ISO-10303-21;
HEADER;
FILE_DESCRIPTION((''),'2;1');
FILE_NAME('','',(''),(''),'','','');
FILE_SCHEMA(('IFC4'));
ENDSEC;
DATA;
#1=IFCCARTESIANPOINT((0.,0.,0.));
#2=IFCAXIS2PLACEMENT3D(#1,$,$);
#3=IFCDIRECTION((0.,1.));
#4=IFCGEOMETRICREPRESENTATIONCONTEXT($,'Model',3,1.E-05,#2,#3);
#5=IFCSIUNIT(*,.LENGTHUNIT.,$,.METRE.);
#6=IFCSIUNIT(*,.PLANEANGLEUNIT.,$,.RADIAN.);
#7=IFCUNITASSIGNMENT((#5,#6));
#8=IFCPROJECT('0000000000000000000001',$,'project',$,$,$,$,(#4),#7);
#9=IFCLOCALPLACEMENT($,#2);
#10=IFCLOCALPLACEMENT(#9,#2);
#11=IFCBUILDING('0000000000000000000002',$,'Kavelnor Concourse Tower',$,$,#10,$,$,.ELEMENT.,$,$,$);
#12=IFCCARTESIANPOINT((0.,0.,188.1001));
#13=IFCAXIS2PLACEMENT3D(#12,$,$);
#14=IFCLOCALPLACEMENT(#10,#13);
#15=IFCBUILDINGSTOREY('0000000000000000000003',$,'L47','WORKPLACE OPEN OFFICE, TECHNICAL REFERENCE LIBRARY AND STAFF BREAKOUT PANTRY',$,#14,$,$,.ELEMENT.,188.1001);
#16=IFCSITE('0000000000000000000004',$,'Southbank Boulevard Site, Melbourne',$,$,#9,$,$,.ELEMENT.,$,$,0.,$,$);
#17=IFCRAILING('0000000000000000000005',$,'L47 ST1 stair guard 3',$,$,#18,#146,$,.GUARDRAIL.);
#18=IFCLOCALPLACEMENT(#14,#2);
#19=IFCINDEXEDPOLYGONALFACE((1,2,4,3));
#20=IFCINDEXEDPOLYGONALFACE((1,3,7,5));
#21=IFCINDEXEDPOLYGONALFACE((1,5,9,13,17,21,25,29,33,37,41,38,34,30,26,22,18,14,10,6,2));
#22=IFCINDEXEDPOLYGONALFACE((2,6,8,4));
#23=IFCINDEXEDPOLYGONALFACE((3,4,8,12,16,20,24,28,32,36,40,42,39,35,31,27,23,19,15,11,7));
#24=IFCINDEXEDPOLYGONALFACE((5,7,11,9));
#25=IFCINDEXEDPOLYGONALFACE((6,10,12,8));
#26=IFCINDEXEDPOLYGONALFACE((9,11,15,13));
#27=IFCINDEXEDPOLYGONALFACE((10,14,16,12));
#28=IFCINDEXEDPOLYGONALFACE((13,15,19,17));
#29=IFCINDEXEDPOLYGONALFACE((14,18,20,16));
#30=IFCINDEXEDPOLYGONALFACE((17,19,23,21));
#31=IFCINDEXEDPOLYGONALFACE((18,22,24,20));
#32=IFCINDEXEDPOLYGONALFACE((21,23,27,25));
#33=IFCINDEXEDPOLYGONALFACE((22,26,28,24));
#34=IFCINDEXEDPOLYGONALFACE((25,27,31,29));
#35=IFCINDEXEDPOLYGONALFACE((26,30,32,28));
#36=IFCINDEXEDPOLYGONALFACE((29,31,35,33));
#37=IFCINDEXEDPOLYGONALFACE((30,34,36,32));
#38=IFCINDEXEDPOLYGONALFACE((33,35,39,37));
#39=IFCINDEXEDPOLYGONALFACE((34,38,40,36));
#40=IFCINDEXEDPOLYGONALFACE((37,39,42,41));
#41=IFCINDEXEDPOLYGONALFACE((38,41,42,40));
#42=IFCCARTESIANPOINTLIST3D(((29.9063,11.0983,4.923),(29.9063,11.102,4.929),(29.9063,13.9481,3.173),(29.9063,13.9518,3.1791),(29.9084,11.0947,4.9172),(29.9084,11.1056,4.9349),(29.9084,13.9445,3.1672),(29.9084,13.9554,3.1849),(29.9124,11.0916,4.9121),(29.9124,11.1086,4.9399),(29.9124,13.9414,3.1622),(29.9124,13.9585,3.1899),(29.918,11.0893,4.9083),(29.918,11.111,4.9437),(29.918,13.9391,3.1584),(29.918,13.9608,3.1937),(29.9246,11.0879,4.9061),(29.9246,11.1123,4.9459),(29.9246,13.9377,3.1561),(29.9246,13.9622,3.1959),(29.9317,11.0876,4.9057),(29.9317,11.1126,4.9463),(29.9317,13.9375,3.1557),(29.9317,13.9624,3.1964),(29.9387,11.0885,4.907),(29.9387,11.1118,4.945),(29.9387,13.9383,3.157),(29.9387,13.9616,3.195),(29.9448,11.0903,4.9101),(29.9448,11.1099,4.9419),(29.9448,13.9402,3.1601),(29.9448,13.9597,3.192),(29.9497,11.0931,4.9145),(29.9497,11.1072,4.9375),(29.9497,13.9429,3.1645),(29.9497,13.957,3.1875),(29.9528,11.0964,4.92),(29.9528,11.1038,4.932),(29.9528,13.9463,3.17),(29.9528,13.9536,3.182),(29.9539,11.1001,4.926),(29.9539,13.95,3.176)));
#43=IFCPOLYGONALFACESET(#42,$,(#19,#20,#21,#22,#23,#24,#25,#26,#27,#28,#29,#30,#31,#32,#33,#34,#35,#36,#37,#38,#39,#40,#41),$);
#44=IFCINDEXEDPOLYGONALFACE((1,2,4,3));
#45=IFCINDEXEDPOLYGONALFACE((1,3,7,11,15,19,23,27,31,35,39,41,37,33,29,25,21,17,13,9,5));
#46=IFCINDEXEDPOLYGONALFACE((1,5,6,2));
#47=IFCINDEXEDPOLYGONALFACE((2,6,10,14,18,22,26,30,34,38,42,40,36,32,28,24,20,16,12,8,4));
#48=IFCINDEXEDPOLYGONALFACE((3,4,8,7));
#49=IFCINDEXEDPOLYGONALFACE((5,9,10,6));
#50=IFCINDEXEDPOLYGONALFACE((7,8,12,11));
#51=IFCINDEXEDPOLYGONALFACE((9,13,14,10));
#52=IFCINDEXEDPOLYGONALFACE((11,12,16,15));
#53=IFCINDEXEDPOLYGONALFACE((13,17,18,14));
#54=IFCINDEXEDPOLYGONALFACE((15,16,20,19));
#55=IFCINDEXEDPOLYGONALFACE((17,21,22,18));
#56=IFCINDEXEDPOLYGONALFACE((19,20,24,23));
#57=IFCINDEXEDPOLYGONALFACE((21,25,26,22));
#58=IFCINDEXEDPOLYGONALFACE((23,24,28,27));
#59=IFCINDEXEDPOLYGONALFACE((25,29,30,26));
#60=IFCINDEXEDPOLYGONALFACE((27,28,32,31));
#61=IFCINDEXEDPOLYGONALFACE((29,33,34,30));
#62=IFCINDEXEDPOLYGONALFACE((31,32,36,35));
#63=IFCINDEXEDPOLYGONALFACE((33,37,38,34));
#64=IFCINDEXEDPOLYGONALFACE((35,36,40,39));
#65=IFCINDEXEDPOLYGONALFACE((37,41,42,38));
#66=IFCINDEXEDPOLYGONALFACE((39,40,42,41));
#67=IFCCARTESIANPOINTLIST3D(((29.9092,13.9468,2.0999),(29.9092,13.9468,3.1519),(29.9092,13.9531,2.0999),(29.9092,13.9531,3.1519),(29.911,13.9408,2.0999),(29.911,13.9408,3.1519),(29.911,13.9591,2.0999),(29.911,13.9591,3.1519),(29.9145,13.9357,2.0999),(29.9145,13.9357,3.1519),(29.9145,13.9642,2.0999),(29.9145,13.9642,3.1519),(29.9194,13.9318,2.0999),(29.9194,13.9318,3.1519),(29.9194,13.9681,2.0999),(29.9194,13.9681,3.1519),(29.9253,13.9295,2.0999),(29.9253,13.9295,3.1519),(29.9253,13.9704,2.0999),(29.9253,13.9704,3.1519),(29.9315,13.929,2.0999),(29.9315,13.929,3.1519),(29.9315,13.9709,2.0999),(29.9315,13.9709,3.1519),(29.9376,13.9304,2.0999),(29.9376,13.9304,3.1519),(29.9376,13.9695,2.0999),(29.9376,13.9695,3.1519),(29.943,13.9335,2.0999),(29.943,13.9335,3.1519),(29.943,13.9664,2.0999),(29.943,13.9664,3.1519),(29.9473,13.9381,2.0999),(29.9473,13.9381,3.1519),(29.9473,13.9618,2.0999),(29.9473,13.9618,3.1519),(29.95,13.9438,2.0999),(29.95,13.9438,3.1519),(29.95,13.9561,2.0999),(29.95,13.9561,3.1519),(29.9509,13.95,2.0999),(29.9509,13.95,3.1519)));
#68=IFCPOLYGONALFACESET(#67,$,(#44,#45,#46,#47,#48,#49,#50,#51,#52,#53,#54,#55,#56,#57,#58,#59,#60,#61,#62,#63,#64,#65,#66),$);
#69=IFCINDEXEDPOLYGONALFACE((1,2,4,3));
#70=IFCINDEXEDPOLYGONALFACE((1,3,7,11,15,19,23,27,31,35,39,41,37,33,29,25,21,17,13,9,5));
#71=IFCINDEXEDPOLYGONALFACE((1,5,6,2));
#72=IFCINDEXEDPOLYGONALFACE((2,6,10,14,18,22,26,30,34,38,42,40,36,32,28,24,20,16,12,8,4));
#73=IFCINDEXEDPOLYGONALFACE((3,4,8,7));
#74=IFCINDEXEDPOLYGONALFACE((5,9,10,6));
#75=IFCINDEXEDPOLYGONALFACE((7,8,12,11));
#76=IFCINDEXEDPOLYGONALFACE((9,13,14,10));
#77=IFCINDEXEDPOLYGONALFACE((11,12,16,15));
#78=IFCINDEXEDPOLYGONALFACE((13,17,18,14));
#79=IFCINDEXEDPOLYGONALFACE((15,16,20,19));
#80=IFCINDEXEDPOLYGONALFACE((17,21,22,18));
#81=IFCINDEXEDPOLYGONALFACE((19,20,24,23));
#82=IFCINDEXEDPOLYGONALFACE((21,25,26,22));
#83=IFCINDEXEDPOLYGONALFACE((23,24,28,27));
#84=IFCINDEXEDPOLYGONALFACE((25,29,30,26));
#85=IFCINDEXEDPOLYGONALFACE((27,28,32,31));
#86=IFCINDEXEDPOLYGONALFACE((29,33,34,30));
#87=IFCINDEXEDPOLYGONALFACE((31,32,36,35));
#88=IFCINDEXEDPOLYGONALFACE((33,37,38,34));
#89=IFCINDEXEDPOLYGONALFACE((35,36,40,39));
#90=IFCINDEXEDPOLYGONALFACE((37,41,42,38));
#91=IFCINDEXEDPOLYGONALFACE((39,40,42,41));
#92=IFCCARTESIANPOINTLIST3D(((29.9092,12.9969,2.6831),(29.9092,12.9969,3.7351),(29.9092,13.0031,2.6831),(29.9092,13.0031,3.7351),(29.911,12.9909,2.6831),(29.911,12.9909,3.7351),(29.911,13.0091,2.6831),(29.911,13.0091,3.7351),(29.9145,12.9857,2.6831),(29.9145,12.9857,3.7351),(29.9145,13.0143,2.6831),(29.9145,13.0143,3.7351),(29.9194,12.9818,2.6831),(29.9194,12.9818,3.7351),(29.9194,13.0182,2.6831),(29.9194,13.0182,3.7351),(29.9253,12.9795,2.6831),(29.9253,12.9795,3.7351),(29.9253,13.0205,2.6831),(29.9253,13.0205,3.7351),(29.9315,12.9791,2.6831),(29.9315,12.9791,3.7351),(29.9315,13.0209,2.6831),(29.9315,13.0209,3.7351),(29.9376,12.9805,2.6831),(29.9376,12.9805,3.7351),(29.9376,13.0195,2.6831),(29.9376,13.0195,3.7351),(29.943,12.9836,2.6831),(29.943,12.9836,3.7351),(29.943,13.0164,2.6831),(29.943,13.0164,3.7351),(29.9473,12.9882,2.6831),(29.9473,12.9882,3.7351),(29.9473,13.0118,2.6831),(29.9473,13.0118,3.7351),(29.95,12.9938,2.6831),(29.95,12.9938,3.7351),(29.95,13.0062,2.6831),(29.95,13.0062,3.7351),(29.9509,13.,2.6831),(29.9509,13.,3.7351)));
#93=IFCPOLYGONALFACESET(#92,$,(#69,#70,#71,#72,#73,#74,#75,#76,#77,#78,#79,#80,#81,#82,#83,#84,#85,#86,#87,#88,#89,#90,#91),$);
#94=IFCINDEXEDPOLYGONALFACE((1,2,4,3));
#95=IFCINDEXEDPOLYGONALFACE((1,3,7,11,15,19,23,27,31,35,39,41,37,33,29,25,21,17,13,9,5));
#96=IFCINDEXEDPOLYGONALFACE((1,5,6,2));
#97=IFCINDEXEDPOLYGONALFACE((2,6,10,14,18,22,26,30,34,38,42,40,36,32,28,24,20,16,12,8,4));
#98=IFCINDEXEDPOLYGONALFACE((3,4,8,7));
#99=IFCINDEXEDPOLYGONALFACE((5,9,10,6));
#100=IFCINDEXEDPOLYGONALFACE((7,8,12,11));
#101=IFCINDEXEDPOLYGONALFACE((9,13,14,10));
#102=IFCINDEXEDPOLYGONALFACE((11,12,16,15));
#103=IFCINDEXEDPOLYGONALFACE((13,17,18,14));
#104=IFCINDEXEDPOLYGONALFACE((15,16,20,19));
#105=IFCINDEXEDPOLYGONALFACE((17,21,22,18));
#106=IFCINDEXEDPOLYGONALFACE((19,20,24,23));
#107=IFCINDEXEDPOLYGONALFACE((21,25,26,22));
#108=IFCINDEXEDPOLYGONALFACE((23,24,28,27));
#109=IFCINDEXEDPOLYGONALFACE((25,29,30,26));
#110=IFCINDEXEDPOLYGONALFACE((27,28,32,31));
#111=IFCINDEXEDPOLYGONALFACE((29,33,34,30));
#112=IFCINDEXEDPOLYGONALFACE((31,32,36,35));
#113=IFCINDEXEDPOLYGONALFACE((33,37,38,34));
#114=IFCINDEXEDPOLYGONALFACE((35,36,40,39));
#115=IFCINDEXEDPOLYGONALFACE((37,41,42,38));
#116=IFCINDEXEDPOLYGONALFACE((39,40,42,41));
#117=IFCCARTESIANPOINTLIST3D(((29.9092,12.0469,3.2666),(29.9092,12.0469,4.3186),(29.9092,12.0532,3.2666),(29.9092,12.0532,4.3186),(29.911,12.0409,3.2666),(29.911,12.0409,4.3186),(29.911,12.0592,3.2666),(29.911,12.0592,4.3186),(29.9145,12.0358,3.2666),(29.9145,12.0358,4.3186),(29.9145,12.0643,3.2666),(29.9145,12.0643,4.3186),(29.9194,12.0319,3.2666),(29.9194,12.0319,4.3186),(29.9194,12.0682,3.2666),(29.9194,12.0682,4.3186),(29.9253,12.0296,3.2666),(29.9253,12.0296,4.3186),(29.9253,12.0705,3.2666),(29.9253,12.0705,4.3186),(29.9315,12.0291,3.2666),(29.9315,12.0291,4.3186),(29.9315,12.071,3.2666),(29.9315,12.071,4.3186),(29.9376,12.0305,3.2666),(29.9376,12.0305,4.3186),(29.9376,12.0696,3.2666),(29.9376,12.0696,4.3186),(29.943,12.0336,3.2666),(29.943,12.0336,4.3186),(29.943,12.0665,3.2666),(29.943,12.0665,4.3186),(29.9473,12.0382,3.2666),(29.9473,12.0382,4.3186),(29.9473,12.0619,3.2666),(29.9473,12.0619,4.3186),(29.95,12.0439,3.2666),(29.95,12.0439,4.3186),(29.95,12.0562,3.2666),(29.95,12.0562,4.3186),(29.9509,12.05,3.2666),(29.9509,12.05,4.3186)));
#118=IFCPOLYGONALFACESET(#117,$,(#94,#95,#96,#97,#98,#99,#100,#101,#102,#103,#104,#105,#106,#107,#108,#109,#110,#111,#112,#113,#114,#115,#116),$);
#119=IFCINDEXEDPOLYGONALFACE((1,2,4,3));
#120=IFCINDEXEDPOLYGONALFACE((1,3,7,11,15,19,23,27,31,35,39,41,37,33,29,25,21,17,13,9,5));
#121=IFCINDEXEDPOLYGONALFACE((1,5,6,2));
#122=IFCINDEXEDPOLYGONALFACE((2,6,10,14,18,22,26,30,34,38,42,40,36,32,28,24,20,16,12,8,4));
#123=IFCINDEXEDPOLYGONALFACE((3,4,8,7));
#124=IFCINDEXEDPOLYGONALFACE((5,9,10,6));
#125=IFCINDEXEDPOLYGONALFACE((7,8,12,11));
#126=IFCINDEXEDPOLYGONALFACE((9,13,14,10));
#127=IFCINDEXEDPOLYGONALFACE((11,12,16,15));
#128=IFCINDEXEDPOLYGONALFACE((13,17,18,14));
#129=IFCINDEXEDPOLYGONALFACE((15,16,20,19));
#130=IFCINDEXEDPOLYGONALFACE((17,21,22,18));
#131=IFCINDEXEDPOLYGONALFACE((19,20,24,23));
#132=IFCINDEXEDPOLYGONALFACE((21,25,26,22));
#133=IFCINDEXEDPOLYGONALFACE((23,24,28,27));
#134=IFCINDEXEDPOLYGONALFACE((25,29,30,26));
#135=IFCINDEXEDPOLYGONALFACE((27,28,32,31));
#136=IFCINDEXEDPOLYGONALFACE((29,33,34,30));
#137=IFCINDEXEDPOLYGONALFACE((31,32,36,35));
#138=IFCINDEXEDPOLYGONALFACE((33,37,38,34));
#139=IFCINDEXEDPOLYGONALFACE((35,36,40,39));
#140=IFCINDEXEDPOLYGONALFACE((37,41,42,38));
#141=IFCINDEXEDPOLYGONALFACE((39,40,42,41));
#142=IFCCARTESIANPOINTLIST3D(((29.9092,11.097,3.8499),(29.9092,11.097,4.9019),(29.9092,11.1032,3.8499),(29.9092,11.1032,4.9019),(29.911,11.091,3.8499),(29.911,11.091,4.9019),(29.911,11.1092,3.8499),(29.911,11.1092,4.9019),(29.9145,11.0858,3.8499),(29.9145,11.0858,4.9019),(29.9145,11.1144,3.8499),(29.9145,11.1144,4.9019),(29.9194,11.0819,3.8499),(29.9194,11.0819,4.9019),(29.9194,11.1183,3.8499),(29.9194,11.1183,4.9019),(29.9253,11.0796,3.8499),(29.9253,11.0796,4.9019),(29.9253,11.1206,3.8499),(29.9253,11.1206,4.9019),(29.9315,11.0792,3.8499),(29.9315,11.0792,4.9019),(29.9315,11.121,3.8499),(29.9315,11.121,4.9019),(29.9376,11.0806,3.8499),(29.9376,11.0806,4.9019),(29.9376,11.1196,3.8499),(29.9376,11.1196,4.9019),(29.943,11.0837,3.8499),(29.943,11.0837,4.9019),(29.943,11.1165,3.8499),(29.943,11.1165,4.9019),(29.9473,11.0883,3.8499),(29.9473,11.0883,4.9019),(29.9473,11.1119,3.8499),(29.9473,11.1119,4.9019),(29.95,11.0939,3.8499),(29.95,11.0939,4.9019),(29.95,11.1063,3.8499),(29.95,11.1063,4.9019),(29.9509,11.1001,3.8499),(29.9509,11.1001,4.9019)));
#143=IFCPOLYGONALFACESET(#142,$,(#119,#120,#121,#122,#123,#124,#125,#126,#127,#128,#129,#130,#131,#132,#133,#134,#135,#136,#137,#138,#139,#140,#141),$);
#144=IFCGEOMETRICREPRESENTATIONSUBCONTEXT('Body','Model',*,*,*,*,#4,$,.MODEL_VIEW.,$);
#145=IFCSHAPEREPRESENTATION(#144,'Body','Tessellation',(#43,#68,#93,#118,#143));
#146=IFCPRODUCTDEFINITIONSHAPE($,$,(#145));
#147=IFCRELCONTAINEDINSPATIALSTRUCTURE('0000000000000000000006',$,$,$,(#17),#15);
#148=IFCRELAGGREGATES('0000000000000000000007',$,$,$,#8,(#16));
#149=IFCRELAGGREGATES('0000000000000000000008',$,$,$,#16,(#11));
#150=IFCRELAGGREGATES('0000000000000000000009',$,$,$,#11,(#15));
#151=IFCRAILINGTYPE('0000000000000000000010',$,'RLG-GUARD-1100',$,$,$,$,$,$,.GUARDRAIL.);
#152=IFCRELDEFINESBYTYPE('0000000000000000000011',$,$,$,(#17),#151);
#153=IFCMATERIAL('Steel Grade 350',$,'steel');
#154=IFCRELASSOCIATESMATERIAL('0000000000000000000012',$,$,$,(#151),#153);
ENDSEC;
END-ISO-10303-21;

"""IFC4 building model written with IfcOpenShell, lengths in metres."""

from ifc_helpers import new_model, si_unit, direction, frame, origin, origin_2d, place, context, subcontext, project, spatial, circle, extrude, material, type_object, element, save


model = new_model("IFC4")

# Units and contexts
model_context = context("Model", 3, precision=1e-05, world=origin(), true_north=direction((0.0, 1.0)))
body_context = subcontext(model_context, "Body", "Model", "MODEL_VIEW")
ifc_project = project(units=[si_unit("LENGTHUNIT", "METRE"), si_unit("PLANEANGLEUNIT", "RADIAN")], contexts=[model_context])

# Site, building, storey
site_placement = place(None, origin())
site = spatial("IfcSite", under=ifc_project, at=site_placement, Name="Southbank Boulevard Site, Melbourne", CompositionType="ELEMENT", RefElevation=0.0)
building_placement = place(site_placement, origin())
building = spatial("IfcBuilding", under=site, at=building_placement, Name="Kavelnor Concourse Tower", CompositionType="ELEMENT")
storey_placement = place(building_placement, frame((0.0, 0.0, 188.1001)))
storey = spatial("IfcBuildingStorey", under=building, at=storey_placement, Name="L47", Description="WORKPLACE OPEN OFFICE, TECHNICAL REFERENCE LIBRARY AND STAFF BREAKOUT PANTRY", CompositionType="ELEMENT", Elevation=188.1001)

# Shared definitions
ifc_material_1 = material(Name="Steel Grade 350", Category="steel")

# Railing
railing_type_1 = type_object("IfcRailingType", Name="RLG-GUARD-1100", PredefinedType="GUARDRAIL", material=ifc_material_1)
railing_1_placement = place(storey_placement, frame((29.9299, 13.95, 2.0999)))
element("IfcRailing", 1, at=railing_1_placement, inside=storey, type_object=railing_type_1, Name="L47 ST1 stair guard 3", PredefinedType="GUARDRAIL", context=body_context, shape_type="SweptSolid", body=[
    extrude(circle(Radius=0.0239, at=origin_2d()), frame((0.0, 0.0, 1.0762), z_axis=(0.0, -0.852159, 0.523283), x_axis=(1.0, 0.0, 0.0)), (0.0, 0.0, 1.0), 3.3442),
    extrude(circle(Radius=0.021, at=origin_2d()), origin(), (0.0, 0.0, 1.0), 1.052),
    extrude(circle(Radius=0.021, at=origin_2d()), frame((0.0, -0.95, 0.5833)), (0.0, 0.0, 1.0), 1.052),
    extrude(circle(Radius=0.021, at=origin_2d()), frame((0.0, -1.8999, 1.1667)), (0.0, 0.0, 1.0), 1.052),
    extrude(circle(Radius=0.021, at=origin_2d()), frame((0.0, -2.8499, 1.75)), (0.0, 0.0, 1.0), 1.052),
])

save(model, "model.ifc")
